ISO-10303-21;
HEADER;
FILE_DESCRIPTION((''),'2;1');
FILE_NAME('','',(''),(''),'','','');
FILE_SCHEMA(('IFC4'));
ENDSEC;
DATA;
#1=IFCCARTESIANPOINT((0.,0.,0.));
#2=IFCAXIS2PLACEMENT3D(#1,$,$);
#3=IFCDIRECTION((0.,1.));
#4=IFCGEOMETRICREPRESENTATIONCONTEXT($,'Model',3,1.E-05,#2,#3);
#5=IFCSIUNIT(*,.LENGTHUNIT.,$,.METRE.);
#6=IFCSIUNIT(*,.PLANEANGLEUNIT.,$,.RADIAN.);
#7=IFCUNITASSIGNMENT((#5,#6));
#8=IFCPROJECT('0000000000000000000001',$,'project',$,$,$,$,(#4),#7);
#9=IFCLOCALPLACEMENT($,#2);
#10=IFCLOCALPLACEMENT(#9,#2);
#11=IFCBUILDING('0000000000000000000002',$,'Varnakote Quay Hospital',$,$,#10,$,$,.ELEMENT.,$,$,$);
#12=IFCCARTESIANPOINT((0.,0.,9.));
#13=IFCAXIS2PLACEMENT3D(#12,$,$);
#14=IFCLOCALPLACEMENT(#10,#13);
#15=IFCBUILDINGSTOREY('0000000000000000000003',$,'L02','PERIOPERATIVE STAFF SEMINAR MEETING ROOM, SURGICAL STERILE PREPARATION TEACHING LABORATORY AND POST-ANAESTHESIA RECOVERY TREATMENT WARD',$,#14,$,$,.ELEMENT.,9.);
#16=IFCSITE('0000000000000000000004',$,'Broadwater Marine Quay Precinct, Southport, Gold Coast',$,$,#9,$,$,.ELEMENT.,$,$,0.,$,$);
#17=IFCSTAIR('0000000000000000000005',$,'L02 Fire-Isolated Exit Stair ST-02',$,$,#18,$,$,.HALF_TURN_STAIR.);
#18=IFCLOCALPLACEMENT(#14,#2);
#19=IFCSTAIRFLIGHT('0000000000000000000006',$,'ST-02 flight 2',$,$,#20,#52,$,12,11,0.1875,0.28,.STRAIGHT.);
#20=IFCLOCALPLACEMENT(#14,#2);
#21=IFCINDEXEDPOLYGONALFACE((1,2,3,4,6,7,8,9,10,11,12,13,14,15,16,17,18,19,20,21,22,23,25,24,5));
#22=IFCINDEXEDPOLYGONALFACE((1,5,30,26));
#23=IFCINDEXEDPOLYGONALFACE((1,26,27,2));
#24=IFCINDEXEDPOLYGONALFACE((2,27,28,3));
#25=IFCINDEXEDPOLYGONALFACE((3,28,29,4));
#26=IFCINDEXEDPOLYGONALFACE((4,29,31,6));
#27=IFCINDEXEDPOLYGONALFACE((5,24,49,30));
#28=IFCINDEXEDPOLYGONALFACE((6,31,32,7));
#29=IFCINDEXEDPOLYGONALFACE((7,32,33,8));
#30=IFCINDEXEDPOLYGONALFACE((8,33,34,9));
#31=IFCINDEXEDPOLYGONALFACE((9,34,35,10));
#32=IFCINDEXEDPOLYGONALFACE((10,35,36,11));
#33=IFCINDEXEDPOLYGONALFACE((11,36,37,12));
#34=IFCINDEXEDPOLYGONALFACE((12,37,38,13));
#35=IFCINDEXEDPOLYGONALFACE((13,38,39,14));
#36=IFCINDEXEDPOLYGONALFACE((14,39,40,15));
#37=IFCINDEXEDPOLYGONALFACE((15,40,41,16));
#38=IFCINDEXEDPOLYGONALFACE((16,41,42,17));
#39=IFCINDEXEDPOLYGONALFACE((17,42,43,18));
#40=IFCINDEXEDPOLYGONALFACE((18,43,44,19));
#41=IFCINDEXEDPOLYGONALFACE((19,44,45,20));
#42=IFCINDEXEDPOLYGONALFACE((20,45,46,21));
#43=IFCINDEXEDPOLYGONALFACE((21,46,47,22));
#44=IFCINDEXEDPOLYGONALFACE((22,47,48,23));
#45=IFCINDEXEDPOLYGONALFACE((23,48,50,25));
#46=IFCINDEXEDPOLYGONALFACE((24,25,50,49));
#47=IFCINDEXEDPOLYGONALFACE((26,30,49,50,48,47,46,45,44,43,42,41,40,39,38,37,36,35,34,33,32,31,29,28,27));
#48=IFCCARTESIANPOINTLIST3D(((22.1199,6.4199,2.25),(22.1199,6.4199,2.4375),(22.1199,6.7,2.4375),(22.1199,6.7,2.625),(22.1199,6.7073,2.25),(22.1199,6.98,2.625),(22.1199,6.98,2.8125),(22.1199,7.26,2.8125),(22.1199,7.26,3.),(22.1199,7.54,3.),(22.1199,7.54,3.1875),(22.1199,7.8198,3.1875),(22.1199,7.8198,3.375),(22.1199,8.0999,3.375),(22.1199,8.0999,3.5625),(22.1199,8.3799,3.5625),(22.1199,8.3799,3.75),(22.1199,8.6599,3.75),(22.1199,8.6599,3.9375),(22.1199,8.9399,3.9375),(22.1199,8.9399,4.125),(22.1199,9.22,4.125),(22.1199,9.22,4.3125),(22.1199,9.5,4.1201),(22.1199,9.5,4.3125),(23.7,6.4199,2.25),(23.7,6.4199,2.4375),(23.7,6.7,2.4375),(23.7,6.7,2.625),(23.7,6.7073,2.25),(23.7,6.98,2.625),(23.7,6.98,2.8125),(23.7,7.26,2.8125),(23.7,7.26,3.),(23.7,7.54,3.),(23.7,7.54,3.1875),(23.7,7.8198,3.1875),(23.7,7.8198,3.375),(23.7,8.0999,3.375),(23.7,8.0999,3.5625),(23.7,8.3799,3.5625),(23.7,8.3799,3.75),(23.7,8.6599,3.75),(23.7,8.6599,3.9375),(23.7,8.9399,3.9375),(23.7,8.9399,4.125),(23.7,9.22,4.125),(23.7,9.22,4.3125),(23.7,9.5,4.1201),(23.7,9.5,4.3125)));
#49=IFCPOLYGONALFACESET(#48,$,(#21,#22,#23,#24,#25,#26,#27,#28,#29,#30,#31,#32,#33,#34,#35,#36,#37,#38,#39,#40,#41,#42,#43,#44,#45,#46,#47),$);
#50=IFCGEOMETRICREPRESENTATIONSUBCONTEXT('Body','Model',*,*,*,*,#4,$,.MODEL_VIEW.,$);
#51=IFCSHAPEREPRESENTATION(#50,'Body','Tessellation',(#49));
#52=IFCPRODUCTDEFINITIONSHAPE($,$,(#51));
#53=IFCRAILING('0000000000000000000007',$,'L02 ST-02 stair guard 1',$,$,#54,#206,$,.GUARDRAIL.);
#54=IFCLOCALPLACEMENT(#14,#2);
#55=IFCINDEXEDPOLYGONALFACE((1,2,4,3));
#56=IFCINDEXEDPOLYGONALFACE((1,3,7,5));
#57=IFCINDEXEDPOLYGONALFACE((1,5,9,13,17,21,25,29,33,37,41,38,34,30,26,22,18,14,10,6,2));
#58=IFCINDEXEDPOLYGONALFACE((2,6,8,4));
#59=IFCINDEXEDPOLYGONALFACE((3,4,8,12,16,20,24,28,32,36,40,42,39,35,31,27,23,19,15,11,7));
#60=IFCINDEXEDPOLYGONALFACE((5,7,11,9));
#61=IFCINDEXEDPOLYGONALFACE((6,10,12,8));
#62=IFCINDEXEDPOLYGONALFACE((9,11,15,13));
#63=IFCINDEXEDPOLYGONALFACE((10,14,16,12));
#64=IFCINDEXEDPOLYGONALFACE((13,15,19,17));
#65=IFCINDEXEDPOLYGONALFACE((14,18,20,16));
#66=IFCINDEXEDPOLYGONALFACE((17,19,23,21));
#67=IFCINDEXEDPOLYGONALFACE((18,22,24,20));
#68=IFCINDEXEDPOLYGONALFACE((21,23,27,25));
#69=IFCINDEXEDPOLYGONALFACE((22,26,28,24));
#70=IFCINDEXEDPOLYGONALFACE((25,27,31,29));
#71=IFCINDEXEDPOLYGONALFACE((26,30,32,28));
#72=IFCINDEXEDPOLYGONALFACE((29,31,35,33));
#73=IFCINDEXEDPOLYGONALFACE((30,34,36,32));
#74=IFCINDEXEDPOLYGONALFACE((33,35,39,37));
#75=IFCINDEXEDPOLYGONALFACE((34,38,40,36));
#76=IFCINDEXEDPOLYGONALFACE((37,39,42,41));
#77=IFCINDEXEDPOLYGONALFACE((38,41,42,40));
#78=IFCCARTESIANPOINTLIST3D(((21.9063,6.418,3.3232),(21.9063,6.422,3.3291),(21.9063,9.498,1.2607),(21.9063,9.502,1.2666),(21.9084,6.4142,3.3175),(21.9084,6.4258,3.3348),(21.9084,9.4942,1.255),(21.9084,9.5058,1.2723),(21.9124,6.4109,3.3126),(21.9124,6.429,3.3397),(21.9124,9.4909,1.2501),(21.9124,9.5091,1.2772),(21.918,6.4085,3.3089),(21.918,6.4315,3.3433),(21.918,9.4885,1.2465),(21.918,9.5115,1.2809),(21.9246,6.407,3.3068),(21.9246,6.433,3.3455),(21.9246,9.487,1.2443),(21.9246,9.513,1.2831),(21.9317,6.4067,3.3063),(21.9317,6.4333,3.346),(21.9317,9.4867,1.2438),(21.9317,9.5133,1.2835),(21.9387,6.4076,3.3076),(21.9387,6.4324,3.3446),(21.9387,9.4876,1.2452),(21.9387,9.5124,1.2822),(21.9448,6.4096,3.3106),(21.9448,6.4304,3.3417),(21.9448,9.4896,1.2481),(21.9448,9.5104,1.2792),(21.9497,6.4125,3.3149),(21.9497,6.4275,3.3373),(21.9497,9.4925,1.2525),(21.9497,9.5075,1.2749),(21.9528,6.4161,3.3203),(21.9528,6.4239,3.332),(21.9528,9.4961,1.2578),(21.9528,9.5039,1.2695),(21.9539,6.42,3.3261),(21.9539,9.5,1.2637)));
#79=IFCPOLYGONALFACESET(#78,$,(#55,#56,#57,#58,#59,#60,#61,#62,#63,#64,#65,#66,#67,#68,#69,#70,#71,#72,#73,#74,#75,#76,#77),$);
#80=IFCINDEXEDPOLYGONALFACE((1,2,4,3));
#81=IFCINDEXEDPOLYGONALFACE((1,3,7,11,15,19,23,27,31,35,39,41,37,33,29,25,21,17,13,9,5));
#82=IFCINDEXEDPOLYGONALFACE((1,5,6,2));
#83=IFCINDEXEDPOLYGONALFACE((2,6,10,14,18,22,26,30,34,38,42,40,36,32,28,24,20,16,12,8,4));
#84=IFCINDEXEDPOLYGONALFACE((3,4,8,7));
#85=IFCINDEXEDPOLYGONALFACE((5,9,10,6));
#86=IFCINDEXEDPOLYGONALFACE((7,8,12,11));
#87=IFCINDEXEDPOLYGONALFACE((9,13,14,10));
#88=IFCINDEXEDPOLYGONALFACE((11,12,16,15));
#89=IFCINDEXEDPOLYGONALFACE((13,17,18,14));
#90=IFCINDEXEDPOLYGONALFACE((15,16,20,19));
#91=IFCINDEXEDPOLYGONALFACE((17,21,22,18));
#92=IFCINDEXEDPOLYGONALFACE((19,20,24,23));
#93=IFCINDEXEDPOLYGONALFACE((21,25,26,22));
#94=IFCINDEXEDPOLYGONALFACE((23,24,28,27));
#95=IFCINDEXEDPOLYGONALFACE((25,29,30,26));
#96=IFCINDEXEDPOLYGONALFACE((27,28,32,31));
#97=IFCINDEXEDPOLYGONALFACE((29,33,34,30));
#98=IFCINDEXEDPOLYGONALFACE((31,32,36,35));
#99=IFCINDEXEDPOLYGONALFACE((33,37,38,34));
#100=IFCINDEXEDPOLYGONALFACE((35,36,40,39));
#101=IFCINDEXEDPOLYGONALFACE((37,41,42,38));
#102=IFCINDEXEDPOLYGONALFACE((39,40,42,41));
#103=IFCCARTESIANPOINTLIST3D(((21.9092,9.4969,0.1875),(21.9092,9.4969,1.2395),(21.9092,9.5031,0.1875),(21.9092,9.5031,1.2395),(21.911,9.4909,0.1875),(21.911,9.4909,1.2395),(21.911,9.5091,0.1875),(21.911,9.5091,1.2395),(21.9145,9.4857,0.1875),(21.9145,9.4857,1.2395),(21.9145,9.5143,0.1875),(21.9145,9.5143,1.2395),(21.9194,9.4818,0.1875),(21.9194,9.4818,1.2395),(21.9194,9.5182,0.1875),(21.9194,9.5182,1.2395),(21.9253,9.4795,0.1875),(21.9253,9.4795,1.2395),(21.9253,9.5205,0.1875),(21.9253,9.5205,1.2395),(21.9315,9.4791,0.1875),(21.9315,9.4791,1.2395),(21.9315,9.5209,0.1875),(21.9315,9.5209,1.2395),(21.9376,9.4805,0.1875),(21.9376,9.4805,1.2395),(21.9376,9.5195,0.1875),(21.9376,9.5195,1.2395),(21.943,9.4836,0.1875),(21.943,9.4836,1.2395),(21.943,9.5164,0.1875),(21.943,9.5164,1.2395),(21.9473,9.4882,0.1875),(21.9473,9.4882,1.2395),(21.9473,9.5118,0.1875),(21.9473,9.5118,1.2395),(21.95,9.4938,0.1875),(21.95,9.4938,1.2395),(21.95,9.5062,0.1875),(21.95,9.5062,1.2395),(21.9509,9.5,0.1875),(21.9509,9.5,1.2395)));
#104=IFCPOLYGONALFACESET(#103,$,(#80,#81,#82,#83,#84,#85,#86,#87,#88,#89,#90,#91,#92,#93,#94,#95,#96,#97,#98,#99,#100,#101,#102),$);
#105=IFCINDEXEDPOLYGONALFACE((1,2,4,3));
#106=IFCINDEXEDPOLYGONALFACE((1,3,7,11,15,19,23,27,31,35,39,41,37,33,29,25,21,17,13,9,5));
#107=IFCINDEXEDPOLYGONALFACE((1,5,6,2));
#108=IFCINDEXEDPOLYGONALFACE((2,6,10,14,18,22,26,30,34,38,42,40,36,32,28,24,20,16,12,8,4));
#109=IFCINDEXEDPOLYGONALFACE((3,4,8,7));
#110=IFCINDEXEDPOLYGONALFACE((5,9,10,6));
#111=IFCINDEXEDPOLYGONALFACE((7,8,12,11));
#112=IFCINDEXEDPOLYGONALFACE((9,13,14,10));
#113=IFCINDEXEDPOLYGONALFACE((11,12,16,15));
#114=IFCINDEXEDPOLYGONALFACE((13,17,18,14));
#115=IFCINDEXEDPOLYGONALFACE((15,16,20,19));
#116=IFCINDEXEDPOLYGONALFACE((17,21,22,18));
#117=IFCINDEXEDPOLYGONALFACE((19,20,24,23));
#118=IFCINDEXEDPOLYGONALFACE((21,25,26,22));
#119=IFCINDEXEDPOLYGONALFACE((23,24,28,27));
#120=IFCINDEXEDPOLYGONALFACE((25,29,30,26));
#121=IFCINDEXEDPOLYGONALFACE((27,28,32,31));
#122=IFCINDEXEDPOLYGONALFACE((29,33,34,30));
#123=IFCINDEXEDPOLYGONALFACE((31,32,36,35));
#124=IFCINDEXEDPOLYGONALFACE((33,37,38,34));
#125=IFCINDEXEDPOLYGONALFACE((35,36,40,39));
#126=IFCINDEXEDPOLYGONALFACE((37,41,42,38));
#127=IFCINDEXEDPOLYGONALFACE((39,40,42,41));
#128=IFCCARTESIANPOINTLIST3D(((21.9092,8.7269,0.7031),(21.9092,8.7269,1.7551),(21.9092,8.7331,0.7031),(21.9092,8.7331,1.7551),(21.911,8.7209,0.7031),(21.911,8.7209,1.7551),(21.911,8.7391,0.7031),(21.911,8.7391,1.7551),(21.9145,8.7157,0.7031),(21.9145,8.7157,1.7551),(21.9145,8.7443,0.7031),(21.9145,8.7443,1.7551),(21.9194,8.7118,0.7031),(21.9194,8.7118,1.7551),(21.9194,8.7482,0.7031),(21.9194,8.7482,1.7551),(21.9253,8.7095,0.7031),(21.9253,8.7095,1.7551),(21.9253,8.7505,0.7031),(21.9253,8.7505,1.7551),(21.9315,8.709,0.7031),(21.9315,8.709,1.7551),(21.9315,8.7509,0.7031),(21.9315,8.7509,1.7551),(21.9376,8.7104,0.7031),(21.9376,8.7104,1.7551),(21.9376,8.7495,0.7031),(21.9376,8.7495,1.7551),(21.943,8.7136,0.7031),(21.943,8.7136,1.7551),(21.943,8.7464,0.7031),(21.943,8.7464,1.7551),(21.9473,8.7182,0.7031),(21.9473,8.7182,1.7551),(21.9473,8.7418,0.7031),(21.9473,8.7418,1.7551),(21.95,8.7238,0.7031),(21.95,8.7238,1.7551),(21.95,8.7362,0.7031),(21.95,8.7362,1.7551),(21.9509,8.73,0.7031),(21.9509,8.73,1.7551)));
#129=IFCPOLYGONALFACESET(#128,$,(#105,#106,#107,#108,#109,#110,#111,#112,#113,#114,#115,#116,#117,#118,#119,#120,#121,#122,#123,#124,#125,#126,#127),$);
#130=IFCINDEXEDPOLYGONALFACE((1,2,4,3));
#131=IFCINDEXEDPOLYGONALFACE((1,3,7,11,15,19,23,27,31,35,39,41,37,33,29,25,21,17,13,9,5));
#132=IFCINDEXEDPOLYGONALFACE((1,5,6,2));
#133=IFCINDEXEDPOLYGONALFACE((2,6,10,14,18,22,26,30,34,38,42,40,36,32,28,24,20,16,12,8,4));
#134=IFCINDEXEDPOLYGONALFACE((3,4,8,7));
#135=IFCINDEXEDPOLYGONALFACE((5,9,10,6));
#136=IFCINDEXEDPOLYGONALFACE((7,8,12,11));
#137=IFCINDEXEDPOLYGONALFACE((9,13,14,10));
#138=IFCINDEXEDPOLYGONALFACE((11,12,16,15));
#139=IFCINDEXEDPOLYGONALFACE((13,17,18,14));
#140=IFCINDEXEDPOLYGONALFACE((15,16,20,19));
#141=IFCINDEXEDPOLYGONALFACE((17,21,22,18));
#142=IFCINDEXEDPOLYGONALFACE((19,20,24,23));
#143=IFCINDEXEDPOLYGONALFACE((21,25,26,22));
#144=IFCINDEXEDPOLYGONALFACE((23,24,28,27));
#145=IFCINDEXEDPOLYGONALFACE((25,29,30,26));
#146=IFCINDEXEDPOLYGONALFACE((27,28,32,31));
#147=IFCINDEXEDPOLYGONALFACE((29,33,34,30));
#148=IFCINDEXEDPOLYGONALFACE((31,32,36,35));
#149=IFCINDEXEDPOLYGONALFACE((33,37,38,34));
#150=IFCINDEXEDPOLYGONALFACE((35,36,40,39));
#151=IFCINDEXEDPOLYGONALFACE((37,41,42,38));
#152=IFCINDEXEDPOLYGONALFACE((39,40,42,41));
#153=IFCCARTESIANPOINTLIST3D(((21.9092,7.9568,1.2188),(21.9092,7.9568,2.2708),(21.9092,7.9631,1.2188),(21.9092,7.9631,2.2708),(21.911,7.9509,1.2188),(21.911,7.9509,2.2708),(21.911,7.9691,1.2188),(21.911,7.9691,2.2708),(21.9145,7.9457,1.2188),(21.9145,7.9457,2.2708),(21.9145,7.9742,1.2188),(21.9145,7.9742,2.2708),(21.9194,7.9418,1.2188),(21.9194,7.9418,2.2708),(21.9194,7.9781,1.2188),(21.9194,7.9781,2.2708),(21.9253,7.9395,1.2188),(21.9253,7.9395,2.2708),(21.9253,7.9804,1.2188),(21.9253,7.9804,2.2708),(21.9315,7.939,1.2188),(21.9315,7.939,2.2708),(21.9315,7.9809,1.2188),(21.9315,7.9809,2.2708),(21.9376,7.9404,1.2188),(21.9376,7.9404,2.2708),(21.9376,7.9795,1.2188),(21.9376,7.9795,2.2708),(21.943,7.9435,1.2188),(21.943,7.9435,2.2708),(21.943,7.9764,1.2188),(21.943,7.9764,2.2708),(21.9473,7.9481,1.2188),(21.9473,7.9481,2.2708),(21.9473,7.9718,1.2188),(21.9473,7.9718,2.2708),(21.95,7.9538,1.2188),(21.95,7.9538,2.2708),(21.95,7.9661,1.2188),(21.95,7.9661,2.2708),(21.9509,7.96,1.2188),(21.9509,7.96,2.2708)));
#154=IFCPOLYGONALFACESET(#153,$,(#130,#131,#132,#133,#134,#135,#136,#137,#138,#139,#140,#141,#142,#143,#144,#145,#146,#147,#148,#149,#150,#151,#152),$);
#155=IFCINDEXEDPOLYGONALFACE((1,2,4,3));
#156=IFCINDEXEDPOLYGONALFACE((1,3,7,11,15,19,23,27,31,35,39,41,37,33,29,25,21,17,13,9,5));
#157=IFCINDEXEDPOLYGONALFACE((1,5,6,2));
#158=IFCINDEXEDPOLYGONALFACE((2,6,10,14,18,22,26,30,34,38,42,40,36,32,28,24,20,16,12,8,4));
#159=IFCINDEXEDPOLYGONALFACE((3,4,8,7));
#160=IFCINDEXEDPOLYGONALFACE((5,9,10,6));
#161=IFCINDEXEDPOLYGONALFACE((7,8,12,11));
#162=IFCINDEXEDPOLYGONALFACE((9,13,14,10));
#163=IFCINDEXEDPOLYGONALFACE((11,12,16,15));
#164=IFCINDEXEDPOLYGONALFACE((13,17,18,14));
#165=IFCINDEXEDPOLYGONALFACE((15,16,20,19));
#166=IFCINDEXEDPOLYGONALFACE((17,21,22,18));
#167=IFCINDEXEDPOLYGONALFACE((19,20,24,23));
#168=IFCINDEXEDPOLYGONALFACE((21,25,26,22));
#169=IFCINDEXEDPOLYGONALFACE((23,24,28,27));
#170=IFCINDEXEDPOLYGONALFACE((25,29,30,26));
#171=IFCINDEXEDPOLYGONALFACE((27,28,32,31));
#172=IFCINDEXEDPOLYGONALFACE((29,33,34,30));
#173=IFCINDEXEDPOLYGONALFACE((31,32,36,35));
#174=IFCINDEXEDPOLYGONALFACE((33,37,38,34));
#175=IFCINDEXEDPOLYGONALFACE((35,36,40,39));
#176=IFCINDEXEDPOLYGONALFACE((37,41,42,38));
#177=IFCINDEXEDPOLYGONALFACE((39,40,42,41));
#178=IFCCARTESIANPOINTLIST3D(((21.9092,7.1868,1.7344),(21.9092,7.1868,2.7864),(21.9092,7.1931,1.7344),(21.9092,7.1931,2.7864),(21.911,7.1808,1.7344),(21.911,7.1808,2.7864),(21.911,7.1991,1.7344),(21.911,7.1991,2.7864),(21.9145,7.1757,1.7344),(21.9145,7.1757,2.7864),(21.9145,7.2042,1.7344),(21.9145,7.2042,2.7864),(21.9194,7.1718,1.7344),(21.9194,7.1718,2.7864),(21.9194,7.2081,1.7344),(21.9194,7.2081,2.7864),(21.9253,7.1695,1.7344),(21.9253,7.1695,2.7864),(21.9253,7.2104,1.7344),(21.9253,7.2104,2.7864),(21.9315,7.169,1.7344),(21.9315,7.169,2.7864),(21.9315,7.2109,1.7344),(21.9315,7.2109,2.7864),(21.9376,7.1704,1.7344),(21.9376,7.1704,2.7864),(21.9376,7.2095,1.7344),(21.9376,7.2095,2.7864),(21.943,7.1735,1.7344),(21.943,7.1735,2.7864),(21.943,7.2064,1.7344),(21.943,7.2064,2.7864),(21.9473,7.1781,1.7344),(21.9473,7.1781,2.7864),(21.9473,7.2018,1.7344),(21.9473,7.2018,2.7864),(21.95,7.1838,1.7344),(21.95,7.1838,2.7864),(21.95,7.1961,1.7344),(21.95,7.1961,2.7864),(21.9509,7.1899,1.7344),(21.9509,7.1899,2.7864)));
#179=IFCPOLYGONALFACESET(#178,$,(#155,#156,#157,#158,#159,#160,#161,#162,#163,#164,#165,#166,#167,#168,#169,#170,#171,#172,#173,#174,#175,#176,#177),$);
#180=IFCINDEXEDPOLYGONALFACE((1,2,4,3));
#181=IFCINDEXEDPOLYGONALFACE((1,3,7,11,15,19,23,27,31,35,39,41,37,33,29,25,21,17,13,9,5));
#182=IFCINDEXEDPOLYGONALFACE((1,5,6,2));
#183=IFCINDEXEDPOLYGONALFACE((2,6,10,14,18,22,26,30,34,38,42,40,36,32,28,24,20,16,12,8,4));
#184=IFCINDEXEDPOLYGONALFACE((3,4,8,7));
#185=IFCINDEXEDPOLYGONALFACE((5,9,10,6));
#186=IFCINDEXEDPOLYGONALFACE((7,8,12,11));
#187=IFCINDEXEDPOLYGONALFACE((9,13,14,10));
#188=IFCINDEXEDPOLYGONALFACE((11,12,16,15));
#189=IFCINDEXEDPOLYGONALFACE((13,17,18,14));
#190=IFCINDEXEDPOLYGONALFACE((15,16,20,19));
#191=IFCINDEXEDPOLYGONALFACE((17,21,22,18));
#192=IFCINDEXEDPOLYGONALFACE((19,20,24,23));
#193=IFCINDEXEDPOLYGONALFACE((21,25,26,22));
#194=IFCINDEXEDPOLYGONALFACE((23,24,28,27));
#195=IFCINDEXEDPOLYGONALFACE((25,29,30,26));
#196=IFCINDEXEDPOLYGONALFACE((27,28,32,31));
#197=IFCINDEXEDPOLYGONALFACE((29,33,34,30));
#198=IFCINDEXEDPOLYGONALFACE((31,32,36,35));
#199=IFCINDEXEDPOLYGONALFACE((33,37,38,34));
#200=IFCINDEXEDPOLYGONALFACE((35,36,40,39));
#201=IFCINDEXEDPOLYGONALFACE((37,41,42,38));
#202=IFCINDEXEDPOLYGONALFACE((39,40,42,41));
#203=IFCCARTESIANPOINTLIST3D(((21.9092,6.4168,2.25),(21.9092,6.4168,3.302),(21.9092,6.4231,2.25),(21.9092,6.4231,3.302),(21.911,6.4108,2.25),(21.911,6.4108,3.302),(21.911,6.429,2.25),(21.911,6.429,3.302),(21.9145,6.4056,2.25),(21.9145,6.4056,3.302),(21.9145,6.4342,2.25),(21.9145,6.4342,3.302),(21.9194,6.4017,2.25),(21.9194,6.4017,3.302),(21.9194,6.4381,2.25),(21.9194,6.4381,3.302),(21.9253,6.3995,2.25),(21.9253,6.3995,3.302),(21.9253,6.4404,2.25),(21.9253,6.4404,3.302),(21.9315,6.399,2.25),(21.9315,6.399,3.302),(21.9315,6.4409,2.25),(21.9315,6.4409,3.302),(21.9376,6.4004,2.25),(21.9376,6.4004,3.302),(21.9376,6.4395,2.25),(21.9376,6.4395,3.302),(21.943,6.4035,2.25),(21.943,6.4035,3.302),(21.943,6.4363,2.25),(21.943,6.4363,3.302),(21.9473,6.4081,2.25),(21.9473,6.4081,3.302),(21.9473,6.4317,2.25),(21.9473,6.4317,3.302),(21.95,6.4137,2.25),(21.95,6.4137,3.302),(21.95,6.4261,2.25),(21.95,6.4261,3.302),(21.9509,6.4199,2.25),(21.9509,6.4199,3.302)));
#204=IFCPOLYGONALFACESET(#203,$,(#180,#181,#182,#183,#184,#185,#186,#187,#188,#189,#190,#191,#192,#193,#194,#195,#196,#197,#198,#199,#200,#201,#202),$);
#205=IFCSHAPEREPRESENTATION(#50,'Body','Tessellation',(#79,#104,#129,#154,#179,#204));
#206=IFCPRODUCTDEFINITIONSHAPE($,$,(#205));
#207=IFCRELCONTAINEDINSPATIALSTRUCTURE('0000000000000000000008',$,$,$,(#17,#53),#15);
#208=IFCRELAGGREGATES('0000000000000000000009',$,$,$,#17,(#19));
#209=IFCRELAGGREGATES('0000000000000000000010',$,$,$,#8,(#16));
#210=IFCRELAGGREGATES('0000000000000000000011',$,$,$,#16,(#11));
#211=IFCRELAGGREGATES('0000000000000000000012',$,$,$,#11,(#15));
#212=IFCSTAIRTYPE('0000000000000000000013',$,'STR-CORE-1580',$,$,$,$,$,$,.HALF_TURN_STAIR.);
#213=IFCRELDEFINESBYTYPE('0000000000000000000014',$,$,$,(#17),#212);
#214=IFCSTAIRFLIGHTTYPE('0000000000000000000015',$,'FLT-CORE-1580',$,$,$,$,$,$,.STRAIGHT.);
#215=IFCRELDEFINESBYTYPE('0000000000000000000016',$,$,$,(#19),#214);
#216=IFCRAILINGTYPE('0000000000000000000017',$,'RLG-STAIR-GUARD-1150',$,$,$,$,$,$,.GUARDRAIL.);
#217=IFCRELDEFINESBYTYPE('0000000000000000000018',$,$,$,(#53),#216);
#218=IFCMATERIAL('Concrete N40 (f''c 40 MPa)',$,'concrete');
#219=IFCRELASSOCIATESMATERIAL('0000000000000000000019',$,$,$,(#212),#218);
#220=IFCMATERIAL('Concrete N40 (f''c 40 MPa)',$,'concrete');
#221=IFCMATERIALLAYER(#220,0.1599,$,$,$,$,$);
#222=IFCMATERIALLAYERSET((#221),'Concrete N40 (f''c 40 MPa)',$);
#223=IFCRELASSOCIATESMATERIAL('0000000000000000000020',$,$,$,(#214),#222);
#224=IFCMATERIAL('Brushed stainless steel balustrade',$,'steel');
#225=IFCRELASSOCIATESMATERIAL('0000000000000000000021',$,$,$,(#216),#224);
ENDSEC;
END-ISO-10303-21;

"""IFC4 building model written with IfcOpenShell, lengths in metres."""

from ifc_helpers import new_model, si_unit, direction, frame, origin, origin_2d, place, context, subcontext, project, spatial, polyline, circle, outline, extrude, material, layer, layer_set, type_object, element, aggregate, save


model = new_model("IFC4")

# Units and contexts
model_context = context("Model", 3, precision=1e-05, world=origin(), true_north=direction((0.0, 1.0)))
body_context = subcontext(model_context, "Body", "Model", "MODEL_VIEW")
ifc_project = project(units=[si_unit("LENGTHUNIT", "METRE"), si_unit("PLANEANGLEUNIT", "RADIAN")], contexts=[model_context])

# Site, building, storey
site_placement = place(None, origin())
site = spatial("IfcSite", under=ifc_project, at=site_placement, Name="Broadwater Marine Quay Precinct, Southport, Gold Coast", CompositionType="ELEMENT", RefElevation=0.0)
building_placement = place(site_placement, origin())
building = spatial("IfcBuilding", under=site, at=building_placement, Name="Varnakote Quay Hospital", CompositionType="ELEMENT")
storey_placement = place(building_placement, frame((0.0, 0.0, 9.0)))
storey = spatial("IfcBuildingStorey", under=building, at=storey_placement, Name="L02", Description="PERIOPERATIVE STAFF SEMINAR MEETING ROOM, SURGICAL STERILE PREPARATION TEACHING LABORATORY AND POST-ANAESTHESIA RECOVERY TREATMENT WARD", CompositionType="ELEMENT", Elevation=9.0)

# Stair, stair flight
ifc_material_1 = material(Name="Concrete N40 (f'c 40 MPa)", Category="concrete")
stair_type = type_object("IfcStairType", Name="STR-CORE-1580", PredefinedType="HALF_TURN_STAIR", material=ifc_material_1)
stair_placement = place(storey_placement, origin())
stair = element("IfcStair", 1, at=stair_placement, inside=storey, type_object=stair_type, Name="L02 Fire-Isolated Exit Stair ST-02", PredefinedType="HALF_TURN_STAIR")
ifc_material_2 = material(Name="Concrete N40 (f'c 40 MPa)", Category="concrete")
ifc_layer_1 = layer(ifc_material_2, 0.1599)
ifc_layer_set_1 = layer_set([ifc_layer_1], Name="Concrete N40 (f'c 40 MPa)")
stair_flight_type = type_object("IfcStairFlightType", Name="FLT-CORE-1580", PredefinedType="STRAIGHT", material=ifc_layer_set_1)
stair_flight_1_placement = place(storey_placement, frame((22.9099, 6.4199, 2.25), z_axis=(0.0, 0.0, 1.0), x_axis=(0.0, 1.0, 0.0)))
stair_flight_1 = element("IfcStairFlight", 2, at=stair_flight_1_placement, type_object=stair_flight_type, Name="ST-02 flight 2", NumberOfRisers=12, NumberOfTreads=11, PredefinedType="STRAIGHT", RiserHeight=0.1875, TreadLength=0.28, context=body_context, shape_type="SweptSolid", body=[
    extrude(outline(polyline([(0.0, 0.0), (0.0, 0.1875), (0.28, 0.1875), (0.28, 0.375), (0.5601, 0.375), (0.5601, 0.5625), (0.8401, 0.5625), (0.8401, 0.75), (1.1201, 0.75), (1.1201, 0.9375), (1.3999, 0.9375), (1.3999, 1.125), (1.6799, 1.125), (1.6799, 1.3125), (1.96, 1.3125), (1.96, 1.5), (2.24, 1.5), (2.24, 1.6875), (2.52, 1.6875), (2.52, 1.875), (2.8, 1.875), (2.8, 2.0625), (3.0801, 2.0625), (3.0801, 2.25), (3.0801, 1.8701), (0.2874, 0.0), (0.0, 0.0)])), frame((0.0, 0.79, 0.0), z_axis=(0.0, -1.0, 0.0), x_axis=(1.0, 0.0, 0.0)), (0.0, 0.0, 1.0), 1.5801),
])
aggregate(stair, [stair_flight_1])

# Railing
ifc_material_3 = material(Name="Brushed stainless steel balustrade", Category="steel")
railing_type_1 = type_object("IfcRailingType", Name="RLG-STAIR-GUARD-1150", PredefinedType="GUARDRAIL", material=ifc_material_3)
railing_1_placement = place(storey_placement, frame((21.9299, 9.5, 0.1875)))
element("IfcRailing", 3, at=railing_1_placement, inside=storey, type_object=railing_type_1, Name="L02 ST-02 stair guard 1", PredefinedType="GUARDRAIL", context=body_context, shape_type="SweptSolid", body=[
    extrude(circle(Radius=0.0239, at=origin_2d()), frame((0.0, 0.0, 1.0762), z_axis=(0.0, -0.830914, 0.556401), x_axis=(1.0, 0.0, 0.0)), (0.0, 0.0, 1.0), 3.7068),
    extrude(circle(Radius=0.021, at=origin_2d()), origin(), (0.0, 0.0, 1.0), 1.052),
    extrude(circle(Radius=0.021, at=origin_2d()), frame((0.0, -0.77, 0.5156)), (0.0, 0.0, 1.0), 1.052),
    extrude(circle(Radius=0.021, at=origin_2d()), frame((0.0, -1.54, 1.0312)), (0.0, 0.0, 1.0), 1.052),
    extrude(circle(Radius=0.021, at=origin_2d()), frame((0.0, -2.3101, 1.5469)), (0.0, 0.0, 1.0), 1.052),
    extrude(circle(Radius=0.021, at=origin_2d()), frame((0.0, -3.0801, 2.0625)), (0.0, 0.0, 1.0), 1.052),
])

save(model, "model.ifc")
